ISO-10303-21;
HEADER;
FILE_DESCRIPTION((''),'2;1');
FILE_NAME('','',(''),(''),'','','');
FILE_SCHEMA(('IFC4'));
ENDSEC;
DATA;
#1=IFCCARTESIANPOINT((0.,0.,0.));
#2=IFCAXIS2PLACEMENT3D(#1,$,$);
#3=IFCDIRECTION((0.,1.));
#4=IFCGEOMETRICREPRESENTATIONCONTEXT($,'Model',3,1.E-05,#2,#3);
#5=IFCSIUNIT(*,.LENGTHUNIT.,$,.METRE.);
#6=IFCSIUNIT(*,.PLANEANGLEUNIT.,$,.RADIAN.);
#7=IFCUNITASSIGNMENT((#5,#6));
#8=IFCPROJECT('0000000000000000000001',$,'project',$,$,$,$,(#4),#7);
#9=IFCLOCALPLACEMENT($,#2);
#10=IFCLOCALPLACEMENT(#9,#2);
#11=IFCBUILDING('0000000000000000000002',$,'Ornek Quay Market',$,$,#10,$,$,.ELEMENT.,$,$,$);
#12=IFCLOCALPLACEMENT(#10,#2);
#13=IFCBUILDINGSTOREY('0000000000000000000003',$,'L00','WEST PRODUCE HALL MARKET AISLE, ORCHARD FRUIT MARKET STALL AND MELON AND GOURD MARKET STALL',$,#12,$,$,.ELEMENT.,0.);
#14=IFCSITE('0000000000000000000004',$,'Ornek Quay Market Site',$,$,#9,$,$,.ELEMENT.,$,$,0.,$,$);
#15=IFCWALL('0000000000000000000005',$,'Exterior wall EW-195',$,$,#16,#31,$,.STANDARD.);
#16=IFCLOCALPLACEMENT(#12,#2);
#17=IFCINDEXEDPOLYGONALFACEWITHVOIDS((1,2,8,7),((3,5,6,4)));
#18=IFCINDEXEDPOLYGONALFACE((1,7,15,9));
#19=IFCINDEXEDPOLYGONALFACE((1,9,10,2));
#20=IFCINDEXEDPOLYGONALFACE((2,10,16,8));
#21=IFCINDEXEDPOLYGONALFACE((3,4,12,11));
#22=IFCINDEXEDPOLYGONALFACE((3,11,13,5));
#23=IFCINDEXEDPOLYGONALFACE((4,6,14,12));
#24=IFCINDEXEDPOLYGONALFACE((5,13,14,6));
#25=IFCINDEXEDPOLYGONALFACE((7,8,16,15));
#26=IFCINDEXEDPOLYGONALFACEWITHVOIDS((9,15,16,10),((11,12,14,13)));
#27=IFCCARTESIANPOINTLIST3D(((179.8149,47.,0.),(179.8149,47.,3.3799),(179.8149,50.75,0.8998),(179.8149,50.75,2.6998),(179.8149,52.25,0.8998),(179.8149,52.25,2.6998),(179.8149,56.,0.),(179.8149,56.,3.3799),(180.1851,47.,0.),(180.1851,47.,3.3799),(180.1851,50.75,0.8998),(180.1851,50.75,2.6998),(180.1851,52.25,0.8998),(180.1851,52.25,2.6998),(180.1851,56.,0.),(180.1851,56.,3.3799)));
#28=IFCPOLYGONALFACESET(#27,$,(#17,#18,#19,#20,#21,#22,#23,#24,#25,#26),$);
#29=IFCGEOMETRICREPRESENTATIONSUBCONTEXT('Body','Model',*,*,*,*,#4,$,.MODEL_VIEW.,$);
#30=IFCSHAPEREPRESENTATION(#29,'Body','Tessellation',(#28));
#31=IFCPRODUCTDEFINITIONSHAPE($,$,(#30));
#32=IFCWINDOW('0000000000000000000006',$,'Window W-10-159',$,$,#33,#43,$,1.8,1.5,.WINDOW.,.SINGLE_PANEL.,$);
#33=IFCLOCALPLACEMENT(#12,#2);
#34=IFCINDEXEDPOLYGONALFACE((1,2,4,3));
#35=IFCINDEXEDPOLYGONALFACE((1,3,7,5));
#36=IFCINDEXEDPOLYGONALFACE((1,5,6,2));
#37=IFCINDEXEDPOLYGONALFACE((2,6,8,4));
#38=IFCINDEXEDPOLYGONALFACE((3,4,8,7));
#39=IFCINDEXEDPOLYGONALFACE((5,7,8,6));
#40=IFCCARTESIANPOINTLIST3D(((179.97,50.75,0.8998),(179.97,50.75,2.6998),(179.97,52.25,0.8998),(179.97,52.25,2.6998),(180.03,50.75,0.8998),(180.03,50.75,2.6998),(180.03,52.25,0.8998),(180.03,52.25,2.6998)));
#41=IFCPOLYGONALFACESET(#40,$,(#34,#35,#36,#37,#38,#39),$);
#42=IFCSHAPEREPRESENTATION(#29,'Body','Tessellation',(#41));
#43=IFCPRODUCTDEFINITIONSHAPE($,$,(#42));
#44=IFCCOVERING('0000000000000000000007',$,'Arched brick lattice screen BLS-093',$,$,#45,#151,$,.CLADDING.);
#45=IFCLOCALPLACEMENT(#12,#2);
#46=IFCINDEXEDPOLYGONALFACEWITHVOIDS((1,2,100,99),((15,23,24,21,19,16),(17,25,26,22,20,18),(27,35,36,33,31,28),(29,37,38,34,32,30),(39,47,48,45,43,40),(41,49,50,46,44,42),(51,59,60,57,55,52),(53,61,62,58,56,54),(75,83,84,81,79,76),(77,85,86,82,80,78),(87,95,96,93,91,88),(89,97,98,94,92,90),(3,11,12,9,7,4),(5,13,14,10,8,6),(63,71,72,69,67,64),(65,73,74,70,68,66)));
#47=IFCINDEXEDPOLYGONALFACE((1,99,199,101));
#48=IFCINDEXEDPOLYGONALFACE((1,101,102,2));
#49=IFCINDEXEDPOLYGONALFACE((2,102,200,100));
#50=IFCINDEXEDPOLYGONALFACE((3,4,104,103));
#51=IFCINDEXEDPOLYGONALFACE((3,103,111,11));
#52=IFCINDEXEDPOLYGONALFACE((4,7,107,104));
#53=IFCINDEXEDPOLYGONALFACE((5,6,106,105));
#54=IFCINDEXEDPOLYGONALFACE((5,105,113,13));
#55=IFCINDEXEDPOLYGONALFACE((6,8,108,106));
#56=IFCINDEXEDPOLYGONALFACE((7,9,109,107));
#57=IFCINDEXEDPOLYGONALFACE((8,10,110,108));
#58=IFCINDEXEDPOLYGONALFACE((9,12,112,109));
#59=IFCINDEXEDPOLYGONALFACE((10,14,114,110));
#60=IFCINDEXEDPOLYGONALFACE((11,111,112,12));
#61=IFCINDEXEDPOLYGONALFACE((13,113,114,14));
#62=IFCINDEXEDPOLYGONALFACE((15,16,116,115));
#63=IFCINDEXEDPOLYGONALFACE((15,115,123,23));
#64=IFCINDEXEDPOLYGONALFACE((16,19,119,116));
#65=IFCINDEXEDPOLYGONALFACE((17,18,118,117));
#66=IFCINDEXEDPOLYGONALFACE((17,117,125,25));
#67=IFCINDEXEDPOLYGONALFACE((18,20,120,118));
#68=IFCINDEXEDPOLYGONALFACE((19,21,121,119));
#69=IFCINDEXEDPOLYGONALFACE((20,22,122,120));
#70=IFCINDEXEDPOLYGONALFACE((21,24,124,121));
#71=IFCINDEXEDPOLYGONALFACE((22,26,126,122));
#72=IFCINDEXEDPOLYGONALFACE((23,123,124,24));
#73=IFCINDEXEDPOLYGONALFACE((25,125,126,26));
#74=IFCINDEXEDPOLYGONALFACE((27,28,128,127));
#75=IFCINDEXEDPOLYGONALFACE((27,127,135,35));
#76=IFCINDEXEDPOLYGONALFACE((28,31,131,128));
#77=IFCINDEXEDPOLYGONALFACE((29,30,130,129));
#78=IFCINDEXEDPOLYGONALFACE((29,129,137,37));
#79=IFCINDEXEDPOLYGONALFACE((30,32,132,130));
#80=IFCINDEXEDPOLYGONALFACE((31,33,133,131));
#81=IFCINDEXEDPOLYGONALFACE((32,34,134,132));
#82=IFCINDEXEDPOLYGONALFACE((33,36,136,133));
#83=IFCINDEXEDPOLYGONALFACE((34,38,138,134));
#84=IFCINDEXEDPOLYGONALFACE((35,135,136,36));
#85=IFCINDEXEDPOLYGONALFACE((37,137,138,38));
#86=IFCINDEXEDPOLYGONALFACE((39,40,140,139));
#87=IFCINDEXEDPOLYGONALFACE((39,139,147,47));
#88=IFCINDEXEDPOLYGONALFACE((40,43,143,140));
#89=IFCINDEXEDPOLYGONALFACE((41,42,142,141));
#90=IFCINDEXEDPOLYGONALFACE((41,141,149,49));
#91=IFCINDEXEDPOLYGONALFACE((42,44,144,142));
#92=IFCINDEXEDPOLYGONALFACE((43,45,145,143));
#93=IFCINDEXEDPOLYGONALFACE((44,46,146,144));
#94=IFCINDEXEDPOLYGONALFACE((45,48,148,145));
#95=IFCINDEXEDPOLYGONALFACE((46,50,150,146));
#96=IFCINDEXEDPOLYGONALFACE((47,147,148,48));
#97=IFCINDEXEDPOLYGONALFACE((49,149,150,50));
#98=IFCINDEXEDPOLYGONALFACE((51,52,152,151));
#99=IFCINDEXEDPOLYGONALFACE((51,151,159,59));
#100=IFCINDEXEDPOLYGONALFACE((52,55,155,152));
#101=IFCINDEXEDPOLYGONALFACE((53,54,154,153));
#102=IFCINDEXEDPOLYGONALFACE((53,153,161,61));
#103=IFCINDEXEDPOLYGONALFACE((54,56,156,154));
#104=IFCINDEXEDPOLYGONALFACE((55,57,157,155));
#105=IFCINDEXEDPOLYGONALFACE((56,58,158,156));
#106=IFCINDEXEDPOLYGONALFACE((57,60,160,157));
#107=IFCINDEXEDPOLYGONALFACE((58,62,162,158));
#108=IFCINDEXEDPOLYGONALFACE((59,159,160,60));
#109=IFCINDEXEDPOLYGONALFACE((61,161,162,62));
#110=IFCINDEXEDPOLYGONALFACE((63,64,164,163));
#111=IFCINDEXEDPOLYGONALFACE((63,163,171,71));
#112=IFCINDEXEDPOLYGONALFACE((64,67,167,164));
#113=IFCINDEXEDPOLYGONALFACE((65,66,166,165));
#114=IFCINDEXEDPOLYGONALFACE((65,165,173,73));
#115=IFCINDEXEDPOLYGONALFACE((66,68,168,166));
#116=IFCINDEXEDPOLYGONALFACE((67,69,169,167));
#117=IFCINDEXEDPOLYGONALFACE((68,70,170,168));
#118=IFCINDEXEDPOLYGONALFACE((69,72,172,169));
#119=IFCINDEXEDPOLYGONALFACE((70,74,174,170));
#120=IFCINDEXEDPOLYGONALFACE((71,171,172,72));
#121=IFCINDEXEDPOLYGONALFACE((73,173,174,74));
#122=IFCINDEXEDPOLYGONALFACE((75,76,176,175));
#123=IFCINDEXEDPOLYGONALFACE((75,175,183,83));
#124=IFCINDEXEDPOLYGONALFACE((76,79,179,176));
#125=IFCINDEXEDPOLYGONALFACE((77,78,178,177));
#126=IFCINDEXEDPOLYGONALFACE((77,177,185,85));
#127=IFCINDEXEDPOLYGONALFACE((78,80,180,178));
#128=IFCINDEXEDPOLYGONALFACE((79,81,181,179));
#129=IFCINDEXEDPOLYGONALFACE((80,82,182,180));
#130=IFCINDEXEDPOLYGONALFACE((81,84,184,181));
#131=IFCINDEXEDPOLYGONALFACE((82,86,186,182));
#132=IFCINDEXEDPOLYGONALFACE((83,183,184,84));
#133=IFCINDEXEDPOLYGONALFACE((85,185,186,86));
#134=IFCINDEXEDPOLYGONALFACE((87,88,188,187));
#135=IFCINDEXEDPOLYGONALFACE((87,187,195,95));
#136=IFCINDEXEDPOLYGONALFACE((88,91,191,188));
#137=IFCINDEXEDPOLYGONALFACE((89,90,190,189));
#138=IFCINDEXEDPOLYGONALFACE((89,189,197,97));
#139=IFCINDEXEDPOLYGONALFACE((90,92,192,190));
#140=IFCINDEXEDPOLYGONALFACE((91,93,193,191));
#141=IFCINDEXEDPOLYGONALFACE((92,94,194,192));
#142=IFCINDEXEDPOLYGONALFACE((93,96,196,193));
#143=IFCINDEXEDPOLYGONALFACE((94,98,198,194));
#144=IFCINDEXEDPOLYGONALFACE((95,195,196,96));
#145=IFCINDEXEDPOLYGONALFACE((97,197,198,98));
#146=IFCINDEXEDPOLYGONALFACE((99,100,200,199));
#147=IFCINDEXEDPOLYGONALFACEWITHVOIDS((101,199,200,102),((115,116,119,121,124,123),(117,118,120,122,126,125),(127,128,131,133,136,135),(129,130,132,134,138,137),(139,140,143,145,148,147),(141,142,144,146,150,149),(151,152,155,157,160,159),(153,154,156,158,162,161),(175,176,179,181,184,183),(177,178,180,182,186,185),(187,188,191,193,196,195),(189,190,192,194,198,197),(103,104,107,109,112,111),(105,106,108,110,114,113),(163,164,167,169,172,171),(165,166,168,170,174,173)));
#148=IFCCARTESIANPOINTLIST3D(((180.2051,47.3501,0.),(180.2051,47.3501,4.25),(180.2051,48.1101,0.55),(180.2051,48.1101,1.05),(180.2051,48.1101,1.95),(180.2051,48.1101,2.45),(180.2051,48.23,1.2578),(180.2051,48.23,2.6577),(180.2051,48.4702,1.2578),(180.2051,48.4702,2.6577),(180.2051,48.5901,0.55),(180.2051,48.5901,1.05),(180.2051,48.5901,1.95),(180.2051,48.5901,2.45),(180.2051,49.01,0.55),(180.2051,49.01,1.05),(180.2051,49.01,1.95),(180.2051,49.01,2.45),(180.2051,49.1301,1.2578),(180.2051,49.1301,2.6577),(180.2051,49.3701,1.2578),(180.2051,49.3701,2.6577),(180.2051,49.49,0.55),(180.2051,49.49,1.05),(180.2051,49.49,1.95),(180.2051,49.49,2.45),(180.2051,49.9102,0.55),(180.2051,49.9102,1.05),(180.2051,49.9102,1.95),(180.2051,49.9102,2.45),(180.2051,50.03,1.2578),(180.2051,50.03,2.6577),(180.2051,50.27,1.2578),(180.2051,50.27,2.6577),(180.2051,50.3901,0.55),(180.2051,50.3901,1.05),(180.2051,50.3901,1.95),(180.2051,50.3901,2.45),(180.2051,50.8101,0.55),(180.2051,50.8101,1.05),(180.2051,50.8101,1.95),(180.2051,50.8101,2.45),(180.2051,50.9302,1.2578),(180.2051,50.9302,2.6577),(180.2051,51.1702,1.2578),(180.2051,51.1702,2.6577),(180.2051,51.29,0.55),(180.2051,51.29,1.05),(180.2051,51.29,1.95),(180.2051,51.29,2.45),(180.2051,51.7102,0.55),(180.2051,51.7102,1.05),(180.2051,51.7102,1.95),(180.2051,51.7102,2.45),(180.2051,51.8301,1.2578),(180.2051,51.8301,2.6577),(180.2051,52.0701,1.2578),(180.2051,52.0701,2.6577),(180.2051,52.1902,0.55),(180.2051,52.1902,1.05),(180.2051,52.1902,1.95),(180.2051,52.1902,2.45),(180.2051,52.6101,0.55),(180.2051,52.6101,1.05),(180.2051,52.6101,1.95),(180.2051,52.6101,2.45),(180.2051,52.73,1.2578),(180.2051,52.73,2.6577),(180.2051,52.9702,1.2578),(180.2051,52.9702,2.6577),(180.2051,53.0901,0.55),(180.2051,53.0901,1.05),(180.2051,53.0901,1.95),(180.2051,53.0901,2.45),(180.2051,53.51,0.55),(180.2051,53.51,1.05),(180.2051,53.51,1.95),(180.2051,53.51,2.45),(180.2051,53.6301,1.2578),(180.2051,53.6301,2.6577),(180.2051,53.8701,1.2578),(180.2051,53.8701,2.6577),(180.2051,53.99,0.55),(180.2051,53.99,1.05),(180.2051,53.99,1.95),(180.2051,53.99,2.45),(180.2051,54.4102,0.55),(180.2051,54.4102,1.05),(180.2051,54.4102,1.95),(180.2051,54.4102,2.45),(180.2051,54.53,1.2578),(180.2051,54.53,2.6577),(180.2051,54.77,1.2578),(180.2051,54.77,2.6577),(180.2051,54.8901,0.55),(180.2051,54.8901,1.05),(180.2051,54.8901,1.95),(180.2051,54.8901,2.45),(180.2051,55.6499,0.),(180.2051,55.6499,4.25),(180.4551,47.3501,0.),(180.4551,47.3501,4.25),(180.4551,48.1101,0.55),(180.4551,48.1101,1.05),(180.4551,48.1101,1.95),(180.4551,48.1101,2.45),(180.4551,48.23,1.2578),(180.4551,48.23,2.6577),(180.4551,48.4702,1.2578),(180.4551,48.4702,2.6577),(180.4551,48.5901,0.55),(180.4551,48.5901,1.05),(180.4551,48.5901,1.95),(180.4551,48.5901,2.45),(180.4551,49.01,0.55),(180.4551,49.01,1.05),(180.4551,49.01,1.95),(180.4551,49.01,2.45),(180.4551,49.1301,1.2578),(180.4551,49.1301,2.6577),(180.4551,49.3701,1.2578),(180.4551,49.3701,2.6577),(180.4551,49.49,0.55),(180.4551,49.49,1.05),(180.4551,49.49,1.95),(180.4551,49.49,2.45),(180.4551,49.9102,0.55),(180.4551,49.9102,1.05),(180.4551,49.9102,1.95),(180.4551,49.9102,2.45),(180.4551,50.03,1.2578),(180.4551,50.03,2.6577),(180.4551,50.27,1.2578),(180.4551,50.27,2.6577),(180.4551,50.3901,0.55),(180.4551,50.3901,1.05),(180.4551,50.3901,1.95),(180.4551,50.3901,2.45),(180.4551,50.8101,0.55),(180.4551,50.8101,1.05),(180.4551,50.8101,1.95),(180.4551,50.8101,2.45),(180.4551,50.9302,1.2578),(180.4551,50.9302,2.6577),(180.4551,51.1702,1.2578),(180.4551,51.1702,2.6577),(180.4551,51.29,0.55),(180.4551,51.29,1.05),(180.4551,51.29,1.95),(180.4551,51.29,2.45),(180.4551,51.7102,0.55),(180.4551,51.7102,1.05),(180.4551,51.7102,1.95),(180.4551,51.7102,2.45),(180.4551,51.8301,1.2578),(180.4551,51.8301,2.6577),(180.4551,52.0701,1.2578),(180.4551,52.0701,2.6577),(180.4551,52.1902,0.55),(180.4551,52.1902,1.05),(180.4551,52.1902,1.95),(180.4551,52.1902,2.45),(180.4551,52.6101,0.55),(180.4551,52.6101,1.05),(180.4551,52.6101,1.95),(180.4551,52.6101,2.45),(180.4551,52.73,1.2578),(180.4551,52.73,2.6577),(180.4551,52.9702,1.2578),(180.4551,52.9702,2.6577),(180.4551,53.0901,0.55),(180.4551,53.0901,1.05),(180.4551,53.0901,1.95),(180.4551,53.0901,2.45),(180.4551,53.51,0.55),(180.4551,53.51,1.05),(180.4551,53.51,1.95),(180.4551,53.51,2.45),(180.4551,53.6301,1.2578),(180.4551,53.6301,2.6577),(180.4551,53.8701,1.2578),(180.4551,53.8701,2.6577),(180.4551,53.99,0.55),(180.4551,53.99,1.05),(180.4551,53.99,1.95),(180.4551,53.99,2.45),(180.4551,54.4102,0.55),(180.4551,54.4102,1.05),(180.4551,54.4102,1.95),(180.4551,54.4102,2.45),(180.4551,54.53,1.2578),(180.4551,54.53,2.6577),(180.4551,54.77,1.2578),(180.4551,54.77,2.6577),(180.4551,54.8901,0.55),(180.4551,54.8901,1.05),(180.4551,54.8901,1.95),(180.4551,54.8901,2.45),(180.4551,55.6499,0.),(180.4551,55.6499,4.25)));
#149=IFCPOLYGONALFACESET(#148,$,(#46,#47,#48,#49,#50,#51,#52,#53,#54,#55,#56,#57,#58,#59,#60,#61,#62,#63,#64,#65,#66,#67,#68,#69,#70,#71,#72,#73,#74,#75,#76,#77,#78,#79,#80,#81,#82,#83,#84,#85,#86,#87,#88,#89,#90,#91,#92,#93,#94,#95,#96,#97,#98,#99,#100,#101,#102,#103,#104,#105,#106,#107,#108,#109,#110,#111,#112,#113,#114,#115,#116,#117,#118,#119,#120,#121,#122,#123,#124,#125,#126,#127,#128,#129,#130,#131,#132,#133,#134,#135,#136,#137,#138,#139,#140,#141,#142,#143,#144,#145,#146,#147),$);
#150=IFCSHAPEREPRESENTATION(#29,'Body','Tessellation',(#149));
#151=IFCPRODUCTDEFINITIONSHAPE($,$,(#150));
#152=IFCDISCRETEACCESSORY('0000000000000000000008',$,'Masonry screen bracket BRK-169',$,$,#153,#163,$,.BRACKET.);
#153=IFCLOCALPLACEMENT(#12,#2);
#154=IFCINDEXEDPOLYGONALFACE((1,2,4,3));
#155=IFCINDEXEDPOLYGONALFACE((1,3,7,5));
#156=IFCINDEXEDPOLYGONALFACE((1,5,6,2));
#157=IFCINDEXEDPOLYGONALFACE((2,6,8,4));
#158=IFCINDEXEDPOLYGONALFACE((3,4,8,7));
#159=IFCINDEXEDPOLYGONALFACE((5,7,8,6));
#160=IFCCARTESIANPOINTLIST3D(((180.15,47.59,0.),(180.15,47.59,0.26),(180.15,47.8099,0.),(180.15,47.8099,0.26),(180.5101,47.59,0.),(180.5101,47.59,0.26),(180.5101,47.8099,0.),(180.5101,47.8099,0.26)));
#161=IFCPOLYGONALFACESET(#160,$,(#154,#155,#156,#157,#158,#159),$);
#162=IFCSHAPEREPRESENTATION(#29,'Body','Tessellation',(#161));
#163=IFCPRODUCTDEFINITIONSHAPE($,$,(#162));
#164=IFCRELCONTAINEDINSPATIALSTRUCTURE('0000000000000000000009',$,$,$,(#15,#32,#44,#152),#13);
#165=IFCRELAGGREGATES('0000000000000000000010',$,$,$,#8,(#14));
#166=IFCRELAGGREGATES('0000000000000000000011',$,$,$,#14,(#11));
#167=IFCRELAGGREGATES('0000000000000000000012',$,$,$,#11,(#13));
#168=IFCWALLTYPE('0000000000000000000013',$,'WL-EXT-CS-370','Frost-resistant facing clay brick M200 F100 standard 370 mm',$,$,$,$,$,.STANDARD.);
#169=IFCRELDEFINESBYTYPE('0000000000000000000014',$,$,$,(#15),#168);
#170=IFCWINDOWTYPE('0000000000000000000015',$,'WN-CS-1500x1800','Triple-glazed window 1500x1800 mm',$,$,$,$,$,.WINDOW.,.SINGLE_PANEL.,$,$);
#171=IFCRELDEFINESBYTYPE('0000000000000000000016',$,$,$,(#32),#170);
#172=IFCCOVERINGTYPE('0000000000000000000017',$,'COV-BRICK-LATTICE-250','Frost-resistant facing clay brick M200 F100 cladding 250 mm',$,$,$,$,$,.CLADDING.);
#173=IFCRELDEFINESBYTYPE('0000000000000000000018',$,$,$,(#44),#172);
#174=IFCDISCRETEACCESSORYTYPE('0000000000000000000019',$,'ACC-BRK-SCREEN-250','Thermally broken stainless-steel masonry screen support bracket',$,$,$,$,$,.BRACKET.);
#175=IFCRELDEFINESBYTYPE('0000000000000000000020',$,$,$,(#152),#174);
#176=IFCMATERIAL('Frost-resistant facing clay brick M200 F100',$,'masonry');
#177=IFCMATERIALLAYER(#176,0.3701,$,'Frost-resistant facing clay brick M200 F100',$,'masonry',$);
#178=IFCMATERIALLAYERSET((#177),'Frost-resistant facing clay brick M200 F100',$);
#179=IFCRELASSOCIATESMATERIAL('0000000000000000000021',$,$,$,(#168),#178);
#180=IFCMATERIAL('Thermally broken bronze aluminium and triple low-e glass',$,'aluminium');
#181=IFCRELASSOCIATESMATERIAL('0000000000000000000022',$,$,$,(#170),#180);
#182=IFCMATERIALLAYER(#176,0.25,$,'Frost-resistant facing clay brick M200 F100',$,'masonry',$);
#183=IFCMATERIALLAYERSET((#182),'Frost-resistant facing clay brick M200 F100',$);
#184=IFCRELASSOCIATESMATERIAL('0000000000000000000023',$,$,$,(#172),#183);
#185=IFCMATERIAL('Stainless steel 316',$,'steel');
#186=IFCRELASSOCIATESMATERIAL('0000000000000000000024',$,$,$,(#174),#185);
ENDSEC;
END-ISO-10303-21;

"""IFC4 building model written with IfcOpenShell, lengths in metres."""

from ifc_helpers import new_model, si_unit, direction, frame, frame_2d, origin, origin_2d, place, context, subcontext, project, spatial, polyline, rectangle, outline, extrude, material, layer, layer_set, type_object, element, fill, save


model = new_model("IFC4")

# Units and contexts
model_context = context("Model", 3, precision=1e-05, world=origin(), true_north=direction((0.0, 1.0)))
body_context = subcontext(model_context, "Body", "Model", "MODEL_VIEW")
ifc_project = project(units=[si_unit("LENGTHUNIT", "METRE"), si_unit("PLANEANGLEUNIT", "RADIAN")], contexts=[model_context])

# Site, building, storey
site_placement = place(None, origin())
site = spatial("IfcSite", under=ifc_project, at=site_placement, Name="Ornek Quay Market Site", CompositionType="ELEMENT", RefElevation=0.0)
building_placement = place(site_placement, origin())
building = spatial("IfcBuilding", under=site, at=building_placement, Name="Ornek Quay Market", CompositionType="ELEMENT")
storey_placement = place(building_placement, origin())
storey = spatial("IfcBuildingStorey", under=building, at=storey_placement, Name="L00", Description="WEST PRODUCE HALL MARKET AISLE, ORCHARD FRUIT MARKET STALL AND MELON AND GOURD MARKET STALL", CompositionType="ELEMENT", Elevation=0.0)

# Wall, opening, window
ifc_material_1 = material(Name="Frost-resistant facing clay brick M200 F100", Category="masonry")
ifc_layer_1 = layer(ifc_material_1, 0.3701, Name="Frost-resistant facing clay brick M200 F100", Category="masonry")
ifc_layer_set_1 = layer_set([ifc_layer_1], Name="Frost-resistant facing clay brick M200 F100")
wall_type = type_object("IfcWallType", Name="WL-EXT-CS-370", Description="Frost-resistant facing clay brick M200 F100 standard 370 mm", PredefinedType="STANDARD", material=ifc_layer_set_1)
wall_placement = place(storey_placement, frame((180.0, 47.0, 0.0), z_axis=(0.0, 0.0, 1.0), x_axis=(0.0, 1.0, 0.0)))
wall = element("IfcWall", 1, at=wall_placement, inside=storey, type_object=wall_type, Name="Exterior wall EW-195", PredefinedType="STANDARD", context=body_context, shape_type="SweptSolid", body=[
    extrude(rectangle(XDim=9.0, YDim=0.3701, at=frame_2d((4.5, 0.0))), origin(), (0.0, 0.0, 1.0), 3.3799),
])
opening_placement = place(wall_placement, frame((3.75, 0.0, 0.8999)))
opening = element("IfcOpeningElement", 2, at=opening_placement, cuts=wall, PredefinedType="OPENING", context=body_context, shape_type="SweptSolid", body=[
    extrude(rectangle(XDim=1.5, YDim=1.8, at=frame_2d((0.75, 0.8999))), frame((0.0, 0.1951, 0.0), z_axis=(0.0, -1.0, 0.0), x_axis=(1.0, 0.0, 0.0)), (0.0, 0.0, 1.0), 0.3901),
])
ifc_material_2 = material(Name="Thermally broken bronze aluminium and triple low-e glass", Category="aluminium")
window_type = type_object("IfcWindowType", Name="WN-CS-1500x1800", Description="Triple-glazed window 1500x1800 mm", PartitioningType="SINGLE_PANEL", PredefinedType="WINDOW", material=ifc_material_2)
window_placement = place(opening_placement, origin())
window = element("IfcWindow", 3, at=window_placement, inside=storey, type_object=window_type, Name="Window W-10-159", OverallHeight=1.8, OverallWidth=1.5, PartitioningType="SINGLE_PANEL", PredefinedType="WINDOW", context=body_context, shape_type="SweptSolid", body=[
    extrude(rectangle(XDim=1.5, YDim=1.8, at=frame_2d((0.75, 0.8999))), frame((0.0, 0.03, 0.0), z_axis=(0.0, -1.0, 0.0), x_axis=(1.0, 0.0, 0.0)), (0.0, 0.0, 1.0), 0.0601),
])
fill(opening, window)

# Covering
ifc_layer_2 = layer(ifc_material_1, 0.25, Name="Frost-resistant facing clay brick M200 F100", Category="masonry")
ifc_layer_set_2 = layer_set([ifc_layer_2], Name="Frost-resistant facing clay brick M200 F100")
covering_type = type_object("IfcCoveringType", Name="COV-BRICK-LATTICE-250", Description="Frost-resistant facing clay brick M200 F100 cladding 250 mm", PredefinedType="CLADDING", material=ifc_layer_set_2)
covering_placement = place(storey_placement, frame((180.3301, 47.3501, 0.0), z_axis=(0.0, 0.0, 1.0), x_axis=(0.0, 1.0, 0.0)))
element("IfcCovering", 4, at=covering_placement, inside=storey, type_object=covering_type, Name="Arched brick lattice screen BLS-093", PredefinedType="CLADDING", context=body_context, shape_type="SweptSolid", body=[
    extrude(outline(polyline([(0.0, 0.0), (8.2998, 0.0), (8.2998, 4.25), (0.0, 4.25), (0.0, 0.0)]), holes=[polyline([(0.76, 0.55), (1.24, 0.55), (1.24, 1.05), (1.1201, 1.2578), (0.8799, 1.2578), (0.76, 1.05), (0.76, 0.55)]), polyline([(0.76, 1.95), (1.24, 1.95), (1.24, 2.45), (1.1201, 2.6577), (0.8799, 2.6577), (0.76, 2.45), (0.76, 1.95)]), polyline([(1.6599, 0.55), (2.1399, 0.55), (2.1399, 1.05), (2.02, 1.2578), (1.78, 1.2578), (1.6599, 1.05), (1.6599, 0.55)]), polyline([(1.6599, 1.95), (2.1399, 1.95), (2.1399, 2.45), (2.02, 2.6577), (1.78, 2.6577), (1.6599, 2.45), (1.6599, 1.95)]), polyline([(2.5601, 0.55), (3.04, 0.55), (3.04, 1.05), (2.9199, 1.2578), (2.6799, 1.2578), (2.5601, 1.05), (2.5601, 0.55)]), polyline([(2.5601, 1.95), (3.04, 1.95), (3.04, 2.45), (2.9199, 2.6577), (2.6799, 2.6577), (2.5601, 2.45), (2.5601, 1.95)]), polyline([(3.46, 0.55), (3.9399, 0.55), (3.9399, 1.05), (3.8201, 1.2578), (3.5801, 1.2578), (3.46, 1.05), (3.46, 0.55)]), polyline([(3.46, 1.95), (3.9399, 1.95), (3.9399, 2.45), (3.8201, 2.6577), (3.5801, 2.6577), (3.46, 2.45), (3.46, 1.95)]), polyline([(4.3601, 0.55), (4.8401, 0.55), (4.8401, 1.05), (4.72, 1.2578), (4.48, 1.2578), (4.3601, 1.05), (4.3601, 0.55)]), polyline([(4.3601, 1.95), (4.8401, 1.95), (4.8401, 2.45), (4.72, 2.6577), (4.48, 2.6577), (4.3601, 2.45), (4.3601, 1.95)]), polyline([(5.26, 0.55), (5.74, 0.55), (5.74, 1.05), (5.6201, 1.2578), (5.3799, 1.2578), (5.26, 1.05), (5.26, 0.55)]), polyline([(5.26, 1.95), (5.74, 1.95), (5.74, 2.45), (5.6201, 2.6577), (5.3799, 2.6577), (5.26, 2.45), (5.26, 1.95)]), polyline([(6.1599, 0.55), (6.6399, 0.55), (6.6399, 1.05), (6.52, 1.2578), (6.28, 1.2578), (6.1599, 1.05), (6.1599, 0.55)]), polyline([(6.1599, 1.95), (6.6399, 1.95), (6.6399, 2.45), (6.52, 2.6577), (6.28, 2.6577), (6.1599, 2.45), (6.1599, 1.95)]), polyline([(7.0601, 0.55), (7.54, 0.55), (7.54, 1.05), (7.4199, 1.2578), (7.1799, 1.2578), (7.0601, 1.05), (7.0601, 0.55)]), polyline([(7.0601, 1.95), (7.54, 1.95), (7.54, 2.45), (7.4199, 2.6577), (7.1799, 2.6577), (7.0601, 2.45), (7.0601, 1.95)])]), frame((0.0, 0.125, 0.0), z_axis=(0.0, -1.0, 0.0), x_axis=(1.0, 0.0, 0.0)), (0.0, 0.0, 1.0), 0.25),
])

# Discrete accessory
ifc_material_3 = material(Name="Stainless steel 316", Category="steel")
discrete_accessory_type = type_object("IfcDiscreteAccessoryType", Name="ACC-BRK-SCREEN-250", Description="Thermally broken stainless-steel masonry screen support bracket", PredefinedType="BRACKET", material=ifc_material_3)
discrete_accessory_placement = place(storey_placement, frame((180.3301, 47.7, 0.0), z_axis=(0.0, 0.0, 1.0), x_axis=(0.0, 1.0, 0.0)))
element("IfcDiscreteAccessory", 5, at=discrete_accessory_placement, inside=storey, type_object=discrete_accessory_type, Name="Masonry screen bracket BRK-169", PredefinedType="BRACKET", context=body_context, shape_type="SweptSolid", body=[
    extrude(rectangle(XDim=0.22, YDim=0.3601, at=origin_2d()), origin(), (0.0, 0.0, 1.0), 0.26),
])

save(model, "model.ifc")
